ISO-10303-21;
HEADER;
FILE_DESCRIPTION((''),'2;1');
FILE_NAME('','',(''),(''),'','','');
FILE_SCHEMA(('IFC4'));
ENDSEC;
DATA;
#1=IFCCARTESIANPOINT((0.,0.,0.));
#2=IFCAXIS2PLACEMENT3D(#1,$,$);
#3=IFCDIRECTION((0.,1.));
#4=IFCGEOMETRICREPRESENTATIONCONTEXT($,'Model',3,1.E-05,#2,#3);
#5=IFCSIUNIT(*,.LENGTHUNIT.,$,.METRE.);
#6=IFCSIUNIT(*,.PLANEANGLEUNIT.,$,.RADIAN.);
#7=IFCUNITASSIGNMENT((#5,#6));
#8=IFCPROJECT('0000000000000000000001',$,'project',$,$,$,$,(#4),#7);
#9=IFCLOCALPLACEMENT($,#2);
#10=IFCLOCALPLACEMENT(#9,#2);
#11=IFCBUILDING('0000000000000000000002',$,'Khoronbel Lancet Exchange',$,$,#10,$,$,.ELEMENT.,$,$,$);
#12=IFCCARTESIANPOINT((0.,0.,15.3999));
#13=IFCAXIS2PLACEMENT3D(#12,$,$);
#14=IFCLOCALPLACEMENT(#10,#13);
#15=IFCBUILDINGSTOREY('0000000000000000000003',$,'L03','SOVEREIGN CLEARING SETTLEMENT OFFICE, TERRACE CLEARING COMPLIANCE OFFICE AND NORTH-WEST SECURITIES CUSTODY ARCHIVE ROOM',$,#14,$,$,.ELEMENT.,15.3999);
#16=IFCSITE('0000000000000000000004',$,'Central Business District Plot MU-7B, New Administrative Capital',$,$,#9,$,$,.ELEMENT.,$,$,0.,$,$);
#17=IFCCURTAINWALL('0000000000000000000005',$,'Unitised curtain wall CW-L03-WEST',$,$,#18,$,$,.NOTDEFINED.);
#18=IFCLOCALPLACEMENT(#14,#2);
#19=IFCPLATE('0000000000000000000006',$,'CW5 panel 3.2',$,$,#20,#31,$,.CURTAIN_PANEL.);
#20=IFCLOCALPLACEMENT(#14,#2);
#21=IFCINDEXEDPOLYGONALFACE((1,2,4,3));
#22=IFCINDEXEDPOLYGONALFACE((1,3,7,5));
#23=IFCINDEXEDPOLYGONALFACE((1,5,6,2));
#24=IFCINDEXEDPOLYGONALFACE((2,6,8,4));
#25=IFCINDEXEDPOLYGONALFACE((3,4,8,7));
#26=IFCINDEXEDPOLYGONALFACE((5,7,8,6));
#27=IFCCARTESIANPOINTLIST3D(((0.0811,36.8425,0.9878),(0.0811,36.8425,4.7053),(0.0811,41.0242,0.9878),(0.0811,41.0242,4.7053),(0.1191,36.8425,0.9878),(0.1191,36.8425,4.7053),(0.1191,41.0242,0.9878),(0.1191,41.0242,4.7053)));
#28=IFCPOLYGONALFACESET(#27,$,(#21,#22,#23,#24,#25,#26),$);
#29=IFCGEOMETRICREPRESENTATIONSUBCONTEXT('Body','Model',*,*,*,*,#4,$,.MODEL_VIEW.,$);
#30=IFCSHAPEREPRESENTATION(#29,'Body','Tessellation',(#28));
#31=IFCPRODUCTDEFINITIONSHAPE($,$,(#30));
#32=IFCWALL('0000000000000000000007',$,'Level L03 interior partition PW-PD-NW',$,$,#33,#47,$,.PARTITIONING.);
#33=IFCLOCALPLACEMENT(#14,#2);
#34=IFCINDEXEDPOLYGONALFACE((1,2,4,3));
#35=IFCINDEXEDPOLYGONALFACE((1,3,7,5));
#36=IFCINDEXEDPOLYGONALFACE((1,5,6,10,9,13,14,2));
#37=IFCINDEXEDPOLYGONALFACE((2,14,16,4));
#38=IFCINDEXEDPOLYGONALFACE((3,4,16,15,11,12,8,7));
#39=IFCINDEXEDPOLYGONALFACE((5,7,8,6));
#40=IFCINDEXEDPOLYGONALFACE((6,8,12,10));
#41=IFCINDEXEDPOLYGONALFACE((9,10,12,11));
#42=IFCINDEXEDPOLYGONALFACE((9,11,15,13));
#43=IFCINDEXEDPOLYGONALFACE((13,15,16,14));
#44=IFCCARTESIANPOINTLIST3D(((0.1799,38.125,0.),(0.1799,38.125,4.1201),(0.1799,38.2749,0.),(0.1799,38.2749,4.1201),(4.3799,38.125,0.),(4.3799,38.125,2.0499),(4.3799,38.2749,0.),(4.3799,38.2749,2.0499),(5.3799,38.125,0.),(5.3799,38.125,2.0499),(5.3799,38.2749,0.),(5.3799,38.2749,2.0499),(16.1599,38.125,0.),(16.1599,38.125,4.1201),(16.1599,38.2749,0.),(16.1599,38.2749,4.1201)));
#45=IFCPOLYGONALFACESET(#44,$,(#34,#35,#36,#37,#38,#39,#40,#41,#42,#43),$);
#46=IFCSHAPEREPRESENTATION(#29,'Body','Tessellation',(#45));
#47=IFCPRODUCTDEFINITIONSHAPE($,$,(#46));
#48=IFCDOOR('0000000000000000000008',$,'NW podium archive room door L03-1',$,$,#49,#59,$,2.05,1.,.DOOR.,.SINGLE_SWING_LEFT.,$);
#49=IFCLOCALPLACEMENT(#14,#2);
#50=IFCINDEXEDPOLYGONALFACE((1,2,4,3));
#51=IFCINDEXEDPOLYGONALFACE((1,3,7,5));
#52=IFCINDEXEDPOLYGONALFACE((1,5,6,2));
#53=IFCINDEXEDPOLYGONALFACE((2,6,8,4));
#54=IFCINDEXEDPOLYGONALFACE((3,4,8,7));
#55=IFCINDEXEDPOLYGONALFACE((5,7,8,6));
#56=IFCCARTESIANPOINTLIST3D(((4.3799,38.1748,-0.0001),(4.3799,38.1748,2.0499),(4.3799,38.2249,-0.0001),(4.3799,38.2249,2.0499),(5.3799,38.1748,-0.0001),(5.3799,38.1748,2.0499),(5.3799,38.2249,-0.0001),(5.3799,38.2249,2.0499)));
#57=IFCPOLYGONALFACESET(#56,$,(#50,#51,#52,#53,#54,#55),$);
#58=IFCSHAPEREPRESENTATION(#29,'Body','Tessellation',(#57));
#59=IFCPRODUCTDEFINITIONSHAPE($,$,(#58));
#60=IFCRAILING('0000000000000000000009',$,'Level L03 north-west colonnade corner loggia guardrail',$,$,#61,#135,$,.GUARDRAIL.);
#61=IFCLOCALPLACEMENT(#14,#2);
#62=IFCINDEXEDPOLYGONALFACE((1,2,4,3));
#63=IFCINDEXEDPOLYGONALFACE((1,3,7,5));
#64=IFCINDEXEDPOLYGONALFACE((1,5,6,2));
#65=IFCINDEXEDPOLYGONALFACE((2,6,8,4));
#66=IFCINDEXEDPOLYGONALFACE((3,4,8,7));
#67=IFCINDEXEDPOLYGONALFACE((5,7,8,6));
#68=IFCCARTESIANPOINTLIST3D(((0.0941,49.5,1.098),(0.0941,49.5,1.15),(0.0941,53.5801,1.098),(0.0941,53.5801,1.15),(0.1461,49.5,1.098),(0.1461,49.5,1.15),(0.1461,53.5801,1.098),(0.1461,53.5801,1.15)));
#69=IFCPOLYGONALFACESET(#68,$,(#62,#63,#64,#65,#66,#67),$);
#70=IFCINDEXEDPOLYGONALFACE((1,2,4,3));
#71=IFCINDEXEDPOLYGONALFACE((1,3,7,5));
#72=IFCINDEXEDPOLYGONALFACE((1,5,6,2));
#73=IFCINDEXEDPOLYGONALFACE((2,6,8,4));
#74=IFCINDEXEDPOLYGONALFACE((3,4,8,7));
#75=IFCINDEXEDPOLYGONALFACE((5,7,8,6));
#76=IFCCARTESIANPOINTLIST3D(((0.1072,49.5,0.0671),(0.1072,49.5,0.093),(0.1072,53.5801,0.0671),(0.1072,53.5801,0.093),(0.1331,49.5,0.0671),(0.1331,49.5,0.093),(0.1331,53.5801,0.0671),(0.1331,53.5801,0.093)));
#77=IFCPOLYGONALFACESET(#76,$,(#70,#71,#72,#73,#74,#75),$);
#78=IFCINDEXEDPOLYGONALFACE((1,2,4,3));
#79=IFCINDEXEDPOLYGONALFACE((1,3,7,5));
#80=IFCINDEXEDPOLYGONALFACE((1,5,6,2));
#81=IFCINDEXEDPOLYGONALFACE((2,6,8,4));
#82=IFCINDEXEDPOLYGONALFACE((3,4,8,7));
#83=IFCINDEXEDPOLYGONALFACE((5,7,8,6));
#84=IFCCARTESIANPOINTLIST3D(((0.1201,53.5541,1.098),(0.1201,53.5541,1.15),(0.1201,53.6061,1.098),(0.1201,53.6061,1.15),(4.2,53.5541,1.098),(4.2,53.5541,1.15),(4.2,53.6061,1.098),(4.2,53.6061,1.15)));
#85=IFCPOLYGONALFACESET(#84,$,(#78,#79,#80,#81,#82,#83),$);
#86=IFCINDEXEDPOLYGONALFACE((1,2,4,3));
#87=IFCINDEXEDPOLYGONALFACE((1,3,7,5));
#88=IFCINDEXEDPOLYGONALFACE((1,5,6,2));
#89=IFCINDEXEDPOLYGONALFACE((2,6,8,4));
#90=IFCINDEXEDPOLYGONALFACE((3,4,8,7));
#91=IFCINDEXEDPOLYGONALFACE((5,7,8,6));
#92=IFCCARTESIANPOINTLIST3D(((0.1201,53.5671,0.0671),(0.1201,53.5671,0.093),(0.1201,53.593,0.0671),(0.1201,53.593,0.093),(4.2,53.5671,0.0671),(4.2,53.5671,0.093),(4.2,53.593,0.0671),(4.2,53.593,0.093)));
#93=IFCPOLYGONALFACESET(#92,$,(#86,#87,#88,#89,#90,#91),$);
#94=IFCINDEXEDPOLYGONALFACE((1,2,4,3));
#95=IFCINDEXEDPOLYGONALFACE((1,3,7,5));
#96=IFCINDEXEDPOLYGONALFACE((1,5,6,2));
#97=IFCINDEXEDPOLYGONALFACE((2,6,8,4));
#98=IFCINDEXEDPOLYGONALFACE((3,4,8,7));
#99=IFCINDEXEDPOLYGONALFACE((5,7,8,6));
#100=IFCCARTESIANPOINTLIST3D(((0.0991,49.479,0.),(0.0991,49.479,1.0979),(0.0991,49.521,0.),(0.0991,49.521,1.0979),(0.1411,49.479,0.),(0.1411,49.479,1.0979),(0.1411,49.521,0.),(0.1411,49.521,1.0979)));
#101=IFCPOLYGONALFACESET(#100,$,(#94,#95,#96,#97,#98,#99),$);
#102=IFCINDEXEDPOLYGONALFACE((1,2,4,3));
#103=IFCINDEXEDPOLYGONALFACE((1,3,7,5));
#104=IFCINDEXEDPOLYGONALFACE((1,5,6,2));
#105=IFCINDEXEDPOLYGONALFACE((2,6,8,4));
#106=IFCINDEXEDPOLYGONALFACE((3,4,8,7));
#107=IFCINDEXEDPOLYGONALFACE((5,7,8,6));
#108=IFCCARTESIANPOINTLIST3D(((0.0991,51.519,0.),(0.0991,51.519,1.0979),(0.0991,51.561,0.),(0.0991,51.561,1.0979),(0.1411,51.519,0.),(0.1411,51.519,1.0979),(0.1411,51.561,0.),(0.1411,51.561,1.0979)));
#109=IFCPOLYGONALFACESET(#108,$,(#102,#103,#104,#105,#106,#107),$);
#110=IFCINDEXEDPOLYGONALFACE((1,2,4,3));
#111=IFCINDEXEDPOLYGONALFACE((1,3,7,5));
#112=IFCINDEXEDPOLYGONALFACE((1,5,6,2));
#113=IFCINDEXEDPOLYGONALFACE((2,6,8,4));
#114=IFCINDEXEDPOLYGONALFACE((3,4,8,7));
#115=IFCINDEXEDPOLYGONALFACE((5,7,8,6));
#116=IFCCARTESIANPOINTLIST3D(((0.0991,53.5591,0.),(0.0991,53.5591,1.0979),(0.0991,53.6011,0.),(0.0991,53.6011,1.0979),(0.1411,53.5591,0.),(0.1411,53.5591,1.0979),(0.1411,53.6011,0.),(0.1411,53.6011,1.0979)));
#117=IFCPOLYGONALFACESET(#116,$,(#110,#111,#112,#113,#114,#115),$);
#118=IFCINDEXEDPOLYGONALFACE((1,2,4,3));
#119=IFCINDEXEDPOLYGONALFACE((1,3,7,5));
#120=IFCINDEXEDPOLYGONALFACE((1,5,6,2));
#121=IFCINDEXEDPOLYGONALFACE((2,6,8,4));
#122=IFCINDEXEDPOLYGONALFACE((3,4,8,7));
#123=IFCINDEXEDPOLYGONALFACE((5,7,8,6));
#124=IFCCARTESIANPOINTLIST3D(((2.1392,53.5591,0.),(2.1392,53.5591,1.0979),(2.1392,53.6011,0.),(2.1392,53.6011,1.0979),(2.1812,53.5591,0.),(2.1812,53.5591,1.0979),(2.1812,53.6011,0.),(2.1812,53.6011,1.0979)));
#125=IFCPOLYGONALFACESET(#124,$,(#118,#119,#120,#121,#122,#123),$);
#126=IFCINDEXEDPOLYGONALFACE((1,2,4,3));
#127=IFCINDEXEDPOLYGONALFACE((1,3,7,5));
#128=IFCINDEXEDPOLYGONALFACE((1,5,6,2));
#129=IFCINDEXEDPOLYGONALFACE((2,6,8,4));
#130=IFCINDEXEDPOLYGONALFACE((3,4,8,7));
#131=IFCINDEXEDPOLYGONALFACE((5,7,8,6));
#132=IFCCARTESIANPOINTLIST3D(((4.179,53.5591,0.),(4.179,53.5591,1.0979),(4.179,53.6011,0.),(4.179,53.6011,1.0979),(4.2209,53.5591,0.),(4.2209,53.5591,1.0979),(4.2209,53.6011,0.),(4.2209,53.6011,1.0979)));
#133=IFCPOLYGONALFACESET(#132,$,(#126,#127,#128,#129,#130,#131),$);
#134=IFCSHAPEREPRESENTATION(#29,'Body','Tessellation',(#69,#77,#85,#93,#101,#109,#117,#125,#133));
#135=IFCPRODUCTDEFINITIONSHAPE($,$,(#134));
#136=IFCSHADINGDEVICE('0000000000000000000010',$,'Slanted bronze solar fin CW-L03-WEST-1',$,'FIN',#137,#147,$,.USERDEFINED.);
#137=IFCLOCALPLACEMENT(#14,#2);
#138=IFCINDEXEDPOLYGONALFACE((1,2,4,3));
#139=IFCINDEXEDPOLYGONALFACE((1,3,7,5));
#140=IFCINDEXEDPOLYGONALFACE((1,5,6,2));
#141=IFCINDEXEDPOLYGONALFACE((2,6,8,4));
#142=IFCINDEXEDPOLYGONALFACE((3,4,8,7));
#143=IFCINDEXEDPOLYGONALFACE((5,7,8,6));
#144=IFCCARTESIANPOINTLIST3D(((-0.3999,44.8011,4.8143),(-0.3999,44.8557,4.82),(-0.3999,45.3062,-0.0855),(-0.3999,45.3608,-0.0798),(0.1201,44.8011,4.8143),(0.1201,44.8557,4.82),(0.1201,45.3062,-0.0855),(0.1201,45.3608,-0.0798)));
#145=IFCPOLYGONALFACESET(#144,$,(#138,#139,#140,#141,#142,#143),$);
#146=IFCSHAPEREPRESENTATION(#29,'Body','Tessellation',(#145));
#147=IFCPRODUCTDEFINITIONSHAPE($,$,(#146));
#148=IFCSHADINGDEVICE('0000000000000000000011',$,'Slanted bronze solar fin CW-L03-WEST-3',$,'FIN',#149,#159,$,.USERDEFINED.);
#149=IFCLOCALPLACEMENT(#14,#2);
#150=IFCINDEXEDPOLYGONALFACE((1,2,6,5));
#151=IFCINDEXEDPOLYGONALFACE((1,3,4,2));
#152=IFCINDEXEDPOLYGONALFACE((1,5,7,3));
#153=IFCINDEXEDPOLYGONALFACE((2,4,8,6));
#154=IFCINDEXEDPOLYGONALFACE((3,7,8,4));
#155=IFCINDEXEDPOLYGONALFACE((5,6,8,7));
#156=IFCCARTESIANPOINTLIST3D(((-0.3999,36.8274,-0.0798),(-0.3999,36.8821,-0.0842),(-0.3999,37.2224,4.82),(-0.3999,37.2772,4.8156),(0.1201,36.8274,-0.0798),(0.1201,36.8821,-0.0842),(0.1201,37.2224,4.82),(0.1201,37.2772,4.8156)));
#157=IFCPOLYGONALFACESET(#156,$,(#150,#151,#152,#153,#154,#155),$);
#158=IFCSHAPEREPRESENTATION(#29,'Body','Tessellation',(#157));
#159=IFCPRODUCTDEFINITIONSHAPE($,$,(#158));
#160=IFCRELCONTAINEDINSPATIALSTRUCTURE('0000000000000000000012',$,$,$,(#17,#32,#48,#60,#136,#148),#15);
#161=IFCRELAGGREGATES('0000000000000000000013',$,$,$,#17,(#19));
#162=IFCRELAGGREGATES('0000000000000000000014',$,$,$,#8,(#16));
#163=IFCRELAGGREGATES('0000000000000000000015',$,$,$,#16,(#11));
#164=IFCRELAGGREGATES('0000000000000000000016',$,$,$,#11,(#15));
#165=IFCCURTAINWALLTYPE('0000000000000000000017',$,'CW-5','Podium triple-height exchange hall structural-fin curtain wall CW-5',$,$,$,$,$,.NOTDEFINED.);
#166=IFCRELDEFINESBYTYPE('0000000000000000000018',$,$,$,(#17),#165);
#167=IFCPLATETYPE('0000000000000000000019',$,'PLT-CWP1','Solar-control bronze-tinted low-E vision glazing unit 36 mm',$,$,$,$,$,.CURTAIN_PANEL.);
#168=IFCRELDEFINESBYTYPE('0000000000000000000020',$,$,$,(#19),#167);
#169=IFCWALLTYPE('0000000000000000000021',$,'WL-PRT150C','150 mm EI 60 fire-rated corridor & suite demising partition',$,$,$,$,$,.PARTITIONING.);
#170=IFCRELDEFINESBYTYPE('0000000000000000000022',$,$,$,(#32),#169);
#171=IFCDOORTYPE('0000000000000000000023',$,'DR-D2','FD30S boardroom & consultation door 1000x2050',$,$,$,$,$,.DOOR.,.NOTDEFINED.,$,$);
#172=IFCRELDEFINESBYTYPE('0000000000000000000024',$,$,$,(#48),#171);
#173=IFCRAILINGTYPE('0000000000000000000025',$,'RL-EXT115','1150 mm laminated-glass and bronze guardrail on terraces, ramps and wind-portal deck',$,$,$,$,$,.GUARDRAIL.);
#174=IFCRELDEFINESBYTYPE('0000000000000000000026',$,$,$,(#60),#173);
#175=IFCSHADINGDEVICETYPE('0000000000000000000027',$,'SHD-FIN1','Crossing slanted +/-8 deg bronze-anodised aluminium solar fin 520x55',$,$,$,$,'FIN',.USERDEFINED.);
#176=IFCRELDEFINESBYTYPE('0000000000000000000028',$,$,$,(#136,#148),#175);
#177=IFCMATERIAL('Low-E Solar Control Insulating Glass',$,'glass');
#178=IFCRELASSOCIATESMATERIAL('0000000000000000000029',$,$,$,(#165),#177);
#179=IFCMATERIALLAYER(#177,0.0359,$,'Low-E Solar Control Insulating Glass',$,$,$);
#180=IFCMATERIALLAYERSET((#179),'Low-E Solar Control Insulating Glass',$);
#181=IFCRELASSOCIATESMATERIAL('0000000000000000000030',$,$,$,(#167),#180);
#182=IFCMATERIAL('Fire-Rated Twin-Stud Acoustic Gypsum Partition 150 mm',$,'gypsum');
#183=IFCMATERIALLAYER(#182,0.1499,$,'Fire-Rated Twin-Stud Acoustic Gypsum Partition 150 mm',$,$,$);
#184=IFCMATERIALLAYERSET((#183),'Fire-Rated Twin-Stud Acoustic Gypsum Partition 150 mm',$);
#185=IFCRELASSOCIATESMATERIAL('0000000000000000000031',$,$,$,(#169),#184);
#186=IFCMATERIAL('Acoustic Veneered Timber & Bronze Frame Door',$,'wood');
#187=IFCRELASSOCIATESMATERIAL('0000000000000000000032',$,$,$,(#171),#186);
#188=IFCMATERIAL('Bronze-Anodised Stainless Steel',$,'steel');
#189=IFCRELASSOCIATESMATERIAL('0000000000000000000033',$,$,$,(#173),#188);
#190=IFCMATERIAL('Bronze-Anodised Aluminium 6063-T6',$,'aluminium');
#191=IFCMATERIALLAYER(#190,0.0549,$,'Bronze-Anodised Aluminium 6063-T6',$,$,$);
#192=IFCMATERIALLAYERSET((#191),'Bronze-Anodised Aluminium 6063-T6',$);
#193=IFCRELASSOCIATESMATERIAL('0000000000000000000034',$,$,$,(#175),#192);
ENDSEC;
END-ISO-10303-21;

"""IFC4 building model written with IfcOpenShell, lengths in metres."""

from ifc_helpers import new_model, si_unit, direction, frame, frame_2d, origin, origin_2d, place, context, subcontext, project, spatial, polyline, rectangle, outline, extrude, material, layer, layer_set, type_object, element, fill, aggregate, save


model = new_model("IFC4")

# Units and contexts
model_context = context("Model", 3, precision=1e-05, world=origin(), true_north=direction((0.0, 1.0)))
body_context = subcontext(model_context, "Body", "Model", "MODEL_VIEW")
ifc_project = project(units=[si_unit("LENGTHUNIT", "METRE"), si_unit("PLANEANGLEUNIT", "RADIAN")], contexts=[model_context])

# Site, building, storey
site_placement = place(None, origin())
site = spatial("IfcSite", under=ifc_project, at=site_placement, Name="Central Business District Plot MU-7B, New Administrative Capital", CompositionType="ELEMENT", RefElevation=0.0)
building_placement = place(site_placement, origin())
building = spatial("IfcBuilding", under=site, at=building_placement, Name="Khoronbel Lancet Exchange", CompositionType="ELEMENT")
storey_placement = place(building_placement, frame((0.0, 0.0, 15.3999)))
storey = spatial("IfcBuildingStorey", under=building, at=storey_placement, Name="L03", Description="SOVEREIGN CLEARING SETTLEMENT OFFICE, TERRACE CLEARING COMPLIANCE OFFICE AND NORTH-WEST SECURITIES CUSTODY ARCHIVE ROOM", CompositionType="ELEMENT", Elevation=15.3999)

# Curtain wall, plate
ifc_material_1 = material(Name="Low-E Solar Control Insulating Glass", Category="glass")
curtain_wall_type = type_object("IfcCurtainWallType", Name="CW-5", Description="Podium triple-height exchange hall structural-fin curtain wall CW-5", PredefinedType="NOTDEFINED", material=ifc_material_1)
curtain_wall_placement = place(storey_placement, origin())
curtain_wall = element("IfcCurtainWall", 1, at=curtain_wall_placement, inside=storey, type_object=curtain_wall_type, Name="Unitised curtain wall CW-L03-WEST", PredefinedType="NOTDEFINED")
ifc_material_2 = material(Name="Bronze-Anodised Aluminium 6063-T6", Category="aluminium")
ifc_layer_1 = layer(ifc_material_1, 0.0359, Name="Low-E Solar Control Insulating Glass")
ifc_layer_set_1 = layer_set([ifc_layer_1], Name="Low-E Solar Control Insulating Glass")
plate_type = type_object("IfcPlateType", Name="PLT-CWP1", Description="Solar-control bronze-tinted low-E vision glazing unit 36 mm", PredefinedType="CURTAIN_PANEL", material=ifc_layer_set_1)
plate_1_placement = place(storey_placement, frame((0.1001, 38.9333, 0.9878), z_axis=(0.0, 0.0, 1.0), x_axis=(0.0, -1.0, 0.0)))
plate_1 = element("IfcPlate", 2, at=plate_1_placement, type_object=plate_type, Name="CW5 panel 3.2", PredefinedType="CURTAIN_PANEL", context=body_context, shape_type="SweptSolid", body=[
    extrude(rectangle(XDim=4.1816, YDim=0.0381, at=origin_2d()), origin(), (0.0, 0.0, 1.0), 3.7175),
])
aggregate(curtain_wall, [plate_1])

# Wall, opening, door
ifc_material_3 = material(Name="Fire-Rated Twin-Stud Acoustic Gypsum Partition 150 mm", Category="gypsum")
ifc_layer_2 = layer(ifc_material_3, 0.1499, Name="Fire-Rated Twin-Stud Acoustic Gypsum Partition 150 mm")
ifc_layer_set_2 = layer_set([ifc_layer_2], Name="Fire-Rated Twin-Stud Acoustic Gypsum Partition 150 mm")
wall_type = type_object("IfcWallType", Name="WL-PRT150C", Description="150 mm EI 60 fire-rated corridor & suite demising partition", PredefinedType="PARTITIONING", material=ifc_layer_set_2)
wall_placement = place(storey_placement, frame((0.1799, 38.2, 0.0), z_axis=(0.0, 0.0, 1.0), x_axis=(1.0, 0.0, 0.0)))
wall = element("IfcWall", 3, at=wall_placement, inside=storey, type_object=wall_type, Name="Level L03 interior partition PW-PD-NW", PredefinedType="PARTITIONING", context=body_context, shape_type="SweptSolid", body=[
    extrude(rectangle(XDim=15.98, YDim=0.1499, at=frame_2d((7.99, 0.0))), origin(), (0.0, 0.0, 1.0), 4.1201),
])
opening_placement = place(wall_placement, frame((4.2, 0.0, 0.0)))
opening = element("IfcOpeningElement", 4, at=opening_placement, cuts=wall, PredefinedType="OPENING", context=body_context, shape_type="SweptSolid", body=[
    extrude(rectangle(XDim=1.0, YDim=2.05, at=frame_2d((0.5, 1.0249))), frame((0.0, 0.085, 0.0), z_axis=(0.0, -1.0, 0.0), x_axis=(1.0, 0.0, 0.0)), (0.0, 0.0, 1.0), 0.1699),
])
ifc_material_4 = material(Name="Acoustic Veneered Timber & Bronze Frame Door", Category="wood")
door_type = type_object("IfcDoorType", Name="DR-D2", Description="FD30S boardroom & consultation door 1000x2050", OperationType="NOTDEFINED", PredefinedType="DOOR", material=ifc_material_4)
door_placement = place(opening_placement, origin())
door = element("IfcDoor", 5, at=door_placement, inside=storey, type_object=door_type, Name="NW podium archive room door L03-1", OperationType="SINGLE_SWING_LEFT", OverallHeight=2.05, OverallWidth=1.0, PredefinedType="DOOR", context=body_context, shape_type="SweptSolid", body=[
    extrude(rectangle(XDim=1.0, YDim=2.05, at=frame_2d((0.5, 1.0249))), frame((0.0, 0.0249, 0.0), z_axis=(0.0, -1.0, 0.0), x_axis=(1.0, 0.0, 0.0)), (0.0, 0.0, 1.0), 0.05),
])
fill(opening, door)

# Railing
ifc_material_5 = material(Name="Bronze-Anodised Stainless Steel", Category="steel")
railing_type = type_object("IfcRailingType", Name="RL-EXT115", Description="1150 mm laminated-glass and bronze guardrail on terraces, ramps and wind-portal deck", PredefinedType="GUARDRAIL", material=ifc_material_5)
railing_placement = place(storey_placement, frame((0.1201, 49.5, 0.0)))
element("IfcRailing", 6, at=railing_placement, inside=storey, type_object=railing_type, Name="Level L03 north-west colonnade corner loggia guardrail", PredefinedType="GUARDRAIL", context=body_context, shape_type="SweptSolid", body=[
    extrude(rectangle(XDim=0.052, YDim=0.052, at=origin_2d()), frame((0.0, 0.0, 1.124), z_axis=(0.0, 1.0, 0.0), x_axis=(-1.0, 0.0, 0.0)), (0.0, 0.0, 1.0), 4.0801),
    extrude(rectangle(XDim=0.0259, YDim=0.0259, at=origin_2d()), frame((0.0, 0.0, 0.0801), z_axis=(0.0, 1.0, 0.0), x_axis=(-1.0, 0.0, 0.0)), (0.0, 0.0, 1.0), 4.0801),
    extrude(rectangle(XDim=0.052, YDim=0.052, at=origin_2d()), frame((0.0, 4.0801, 1.124), z_axis=(1.0, 0.0, 0.0), x_axis=(0.0, 1.0, 0.0)), (0.0, 0.0, 1.0), 4.0798),
    extrude(rectangle(XDim=0.0259, YDim=0.0259, at=origin_2d()), frame((0.0, 4.0801, 0.0801), z_axis=(1.0, 0.0, 0.0), x_axis=(0.0, 1.0, 0.0)), (0.0, 0.0, 1.0), 4.0798),
    extrude(rectangle(XDim=0.042, YDim=0.042, at=origin_2d()), origin(), (0.0, 0.0, 1.0), 1.0979),
    extrude(rectangle(XDim=0.042, YDim=0.042, at=origin_2d()), frame((0.0, 2.04, 0.0)), (0.0, 0.0, 1.0), 1.0979),
    extrude(rectangle(XDim=0.042, YDim=0.042, at=origin_2d()), frame((0.0, 4.0801, 0.0)), (0.0, 0.0, 1.0), 1.0979),
    extrude(rectangle(XDim=0.042, YDim=0.042, at=origin_2d()), frame((2.04, 4.0801, 0.0)), (0.0, 0.0, 1.0), 1.0979),
    extrude(rectangle(XDim=0.042, YDim=0.042, at=origin_2d()), frame((4.0798, 4.0801, 0.0)), (0.0, 0.0, 1.0), 1.0979),
])

# Shading devices
ifc_layer_3 = layer(ifc_material_2, 0.0549, Name="Bronze-Anodised Aluminium 6063-T6")
ifc_layer_set_3 = layer_set([ifc_layer_3], Name="Bronze-Anodised Aluminium 6063-T6")
shading_device_type = type_object("IfcShadingDeviceType", Name="SHD-FIN1", Description="Crossing slanted +/-8 deg bronze-anodised aluminium solar fin 520x55", ElementType="FIN", PredefinedType="USERDEFINED", material=ifc_layer_set_3)
shading_device_1_placement = place(storey_placement, frame((0.1201, 45.3608, -0.0798), z_axis=(0.0, 0.994728, 0.102546), x_axis=(-1.0, 0.0, 0.0)))
element("IfcShadingDevice", 7, at=shading_device_1_placement, inside=storey, type_object=shading_device_type, Name="Slanted bronze solar fin CW-L03-WEST-1", ObjectType="FIN", PredefinedType="USERDEFINED", context=body_context, shape_type="SweptSolid", body=[
    extrude(outline(polyline([(0.0, 0.0), (0.52, 0.0), (0.52, 4.9258), (0.0, 4.9258), (0.0, 0.0)])), origin(), (0.0, 0.0, -1.0), 0.0549),
])
shading_device_2_placement = place(storey_placement, frame((0.1201, 36.8274, -0.0798), z_axis=(0.0, -0.996766, 0.080357), x_axis=(-1.0, 0.0, 0.0)))
element("IfcShadingDevice", 8, at=shading_device_2_placement, inside=storey, type_object=shading_device_type, Name="Slanted bronze solar fin CW-L03-WEST-3", ObjectType="FIN", PredefinedType="USERDEFINED", context=body_context, shape_type="SweptSolid", body=[
    extrude(outline(polyline([(0.0, 0.0), (0.52, 0.0), (0.52, -4.9158), (0.0, -4.9158), (0.0, 0.0)])), origin(), (0.0, 0.0, -1.0), 0.0549),
])

save(model, "model.ifc")
